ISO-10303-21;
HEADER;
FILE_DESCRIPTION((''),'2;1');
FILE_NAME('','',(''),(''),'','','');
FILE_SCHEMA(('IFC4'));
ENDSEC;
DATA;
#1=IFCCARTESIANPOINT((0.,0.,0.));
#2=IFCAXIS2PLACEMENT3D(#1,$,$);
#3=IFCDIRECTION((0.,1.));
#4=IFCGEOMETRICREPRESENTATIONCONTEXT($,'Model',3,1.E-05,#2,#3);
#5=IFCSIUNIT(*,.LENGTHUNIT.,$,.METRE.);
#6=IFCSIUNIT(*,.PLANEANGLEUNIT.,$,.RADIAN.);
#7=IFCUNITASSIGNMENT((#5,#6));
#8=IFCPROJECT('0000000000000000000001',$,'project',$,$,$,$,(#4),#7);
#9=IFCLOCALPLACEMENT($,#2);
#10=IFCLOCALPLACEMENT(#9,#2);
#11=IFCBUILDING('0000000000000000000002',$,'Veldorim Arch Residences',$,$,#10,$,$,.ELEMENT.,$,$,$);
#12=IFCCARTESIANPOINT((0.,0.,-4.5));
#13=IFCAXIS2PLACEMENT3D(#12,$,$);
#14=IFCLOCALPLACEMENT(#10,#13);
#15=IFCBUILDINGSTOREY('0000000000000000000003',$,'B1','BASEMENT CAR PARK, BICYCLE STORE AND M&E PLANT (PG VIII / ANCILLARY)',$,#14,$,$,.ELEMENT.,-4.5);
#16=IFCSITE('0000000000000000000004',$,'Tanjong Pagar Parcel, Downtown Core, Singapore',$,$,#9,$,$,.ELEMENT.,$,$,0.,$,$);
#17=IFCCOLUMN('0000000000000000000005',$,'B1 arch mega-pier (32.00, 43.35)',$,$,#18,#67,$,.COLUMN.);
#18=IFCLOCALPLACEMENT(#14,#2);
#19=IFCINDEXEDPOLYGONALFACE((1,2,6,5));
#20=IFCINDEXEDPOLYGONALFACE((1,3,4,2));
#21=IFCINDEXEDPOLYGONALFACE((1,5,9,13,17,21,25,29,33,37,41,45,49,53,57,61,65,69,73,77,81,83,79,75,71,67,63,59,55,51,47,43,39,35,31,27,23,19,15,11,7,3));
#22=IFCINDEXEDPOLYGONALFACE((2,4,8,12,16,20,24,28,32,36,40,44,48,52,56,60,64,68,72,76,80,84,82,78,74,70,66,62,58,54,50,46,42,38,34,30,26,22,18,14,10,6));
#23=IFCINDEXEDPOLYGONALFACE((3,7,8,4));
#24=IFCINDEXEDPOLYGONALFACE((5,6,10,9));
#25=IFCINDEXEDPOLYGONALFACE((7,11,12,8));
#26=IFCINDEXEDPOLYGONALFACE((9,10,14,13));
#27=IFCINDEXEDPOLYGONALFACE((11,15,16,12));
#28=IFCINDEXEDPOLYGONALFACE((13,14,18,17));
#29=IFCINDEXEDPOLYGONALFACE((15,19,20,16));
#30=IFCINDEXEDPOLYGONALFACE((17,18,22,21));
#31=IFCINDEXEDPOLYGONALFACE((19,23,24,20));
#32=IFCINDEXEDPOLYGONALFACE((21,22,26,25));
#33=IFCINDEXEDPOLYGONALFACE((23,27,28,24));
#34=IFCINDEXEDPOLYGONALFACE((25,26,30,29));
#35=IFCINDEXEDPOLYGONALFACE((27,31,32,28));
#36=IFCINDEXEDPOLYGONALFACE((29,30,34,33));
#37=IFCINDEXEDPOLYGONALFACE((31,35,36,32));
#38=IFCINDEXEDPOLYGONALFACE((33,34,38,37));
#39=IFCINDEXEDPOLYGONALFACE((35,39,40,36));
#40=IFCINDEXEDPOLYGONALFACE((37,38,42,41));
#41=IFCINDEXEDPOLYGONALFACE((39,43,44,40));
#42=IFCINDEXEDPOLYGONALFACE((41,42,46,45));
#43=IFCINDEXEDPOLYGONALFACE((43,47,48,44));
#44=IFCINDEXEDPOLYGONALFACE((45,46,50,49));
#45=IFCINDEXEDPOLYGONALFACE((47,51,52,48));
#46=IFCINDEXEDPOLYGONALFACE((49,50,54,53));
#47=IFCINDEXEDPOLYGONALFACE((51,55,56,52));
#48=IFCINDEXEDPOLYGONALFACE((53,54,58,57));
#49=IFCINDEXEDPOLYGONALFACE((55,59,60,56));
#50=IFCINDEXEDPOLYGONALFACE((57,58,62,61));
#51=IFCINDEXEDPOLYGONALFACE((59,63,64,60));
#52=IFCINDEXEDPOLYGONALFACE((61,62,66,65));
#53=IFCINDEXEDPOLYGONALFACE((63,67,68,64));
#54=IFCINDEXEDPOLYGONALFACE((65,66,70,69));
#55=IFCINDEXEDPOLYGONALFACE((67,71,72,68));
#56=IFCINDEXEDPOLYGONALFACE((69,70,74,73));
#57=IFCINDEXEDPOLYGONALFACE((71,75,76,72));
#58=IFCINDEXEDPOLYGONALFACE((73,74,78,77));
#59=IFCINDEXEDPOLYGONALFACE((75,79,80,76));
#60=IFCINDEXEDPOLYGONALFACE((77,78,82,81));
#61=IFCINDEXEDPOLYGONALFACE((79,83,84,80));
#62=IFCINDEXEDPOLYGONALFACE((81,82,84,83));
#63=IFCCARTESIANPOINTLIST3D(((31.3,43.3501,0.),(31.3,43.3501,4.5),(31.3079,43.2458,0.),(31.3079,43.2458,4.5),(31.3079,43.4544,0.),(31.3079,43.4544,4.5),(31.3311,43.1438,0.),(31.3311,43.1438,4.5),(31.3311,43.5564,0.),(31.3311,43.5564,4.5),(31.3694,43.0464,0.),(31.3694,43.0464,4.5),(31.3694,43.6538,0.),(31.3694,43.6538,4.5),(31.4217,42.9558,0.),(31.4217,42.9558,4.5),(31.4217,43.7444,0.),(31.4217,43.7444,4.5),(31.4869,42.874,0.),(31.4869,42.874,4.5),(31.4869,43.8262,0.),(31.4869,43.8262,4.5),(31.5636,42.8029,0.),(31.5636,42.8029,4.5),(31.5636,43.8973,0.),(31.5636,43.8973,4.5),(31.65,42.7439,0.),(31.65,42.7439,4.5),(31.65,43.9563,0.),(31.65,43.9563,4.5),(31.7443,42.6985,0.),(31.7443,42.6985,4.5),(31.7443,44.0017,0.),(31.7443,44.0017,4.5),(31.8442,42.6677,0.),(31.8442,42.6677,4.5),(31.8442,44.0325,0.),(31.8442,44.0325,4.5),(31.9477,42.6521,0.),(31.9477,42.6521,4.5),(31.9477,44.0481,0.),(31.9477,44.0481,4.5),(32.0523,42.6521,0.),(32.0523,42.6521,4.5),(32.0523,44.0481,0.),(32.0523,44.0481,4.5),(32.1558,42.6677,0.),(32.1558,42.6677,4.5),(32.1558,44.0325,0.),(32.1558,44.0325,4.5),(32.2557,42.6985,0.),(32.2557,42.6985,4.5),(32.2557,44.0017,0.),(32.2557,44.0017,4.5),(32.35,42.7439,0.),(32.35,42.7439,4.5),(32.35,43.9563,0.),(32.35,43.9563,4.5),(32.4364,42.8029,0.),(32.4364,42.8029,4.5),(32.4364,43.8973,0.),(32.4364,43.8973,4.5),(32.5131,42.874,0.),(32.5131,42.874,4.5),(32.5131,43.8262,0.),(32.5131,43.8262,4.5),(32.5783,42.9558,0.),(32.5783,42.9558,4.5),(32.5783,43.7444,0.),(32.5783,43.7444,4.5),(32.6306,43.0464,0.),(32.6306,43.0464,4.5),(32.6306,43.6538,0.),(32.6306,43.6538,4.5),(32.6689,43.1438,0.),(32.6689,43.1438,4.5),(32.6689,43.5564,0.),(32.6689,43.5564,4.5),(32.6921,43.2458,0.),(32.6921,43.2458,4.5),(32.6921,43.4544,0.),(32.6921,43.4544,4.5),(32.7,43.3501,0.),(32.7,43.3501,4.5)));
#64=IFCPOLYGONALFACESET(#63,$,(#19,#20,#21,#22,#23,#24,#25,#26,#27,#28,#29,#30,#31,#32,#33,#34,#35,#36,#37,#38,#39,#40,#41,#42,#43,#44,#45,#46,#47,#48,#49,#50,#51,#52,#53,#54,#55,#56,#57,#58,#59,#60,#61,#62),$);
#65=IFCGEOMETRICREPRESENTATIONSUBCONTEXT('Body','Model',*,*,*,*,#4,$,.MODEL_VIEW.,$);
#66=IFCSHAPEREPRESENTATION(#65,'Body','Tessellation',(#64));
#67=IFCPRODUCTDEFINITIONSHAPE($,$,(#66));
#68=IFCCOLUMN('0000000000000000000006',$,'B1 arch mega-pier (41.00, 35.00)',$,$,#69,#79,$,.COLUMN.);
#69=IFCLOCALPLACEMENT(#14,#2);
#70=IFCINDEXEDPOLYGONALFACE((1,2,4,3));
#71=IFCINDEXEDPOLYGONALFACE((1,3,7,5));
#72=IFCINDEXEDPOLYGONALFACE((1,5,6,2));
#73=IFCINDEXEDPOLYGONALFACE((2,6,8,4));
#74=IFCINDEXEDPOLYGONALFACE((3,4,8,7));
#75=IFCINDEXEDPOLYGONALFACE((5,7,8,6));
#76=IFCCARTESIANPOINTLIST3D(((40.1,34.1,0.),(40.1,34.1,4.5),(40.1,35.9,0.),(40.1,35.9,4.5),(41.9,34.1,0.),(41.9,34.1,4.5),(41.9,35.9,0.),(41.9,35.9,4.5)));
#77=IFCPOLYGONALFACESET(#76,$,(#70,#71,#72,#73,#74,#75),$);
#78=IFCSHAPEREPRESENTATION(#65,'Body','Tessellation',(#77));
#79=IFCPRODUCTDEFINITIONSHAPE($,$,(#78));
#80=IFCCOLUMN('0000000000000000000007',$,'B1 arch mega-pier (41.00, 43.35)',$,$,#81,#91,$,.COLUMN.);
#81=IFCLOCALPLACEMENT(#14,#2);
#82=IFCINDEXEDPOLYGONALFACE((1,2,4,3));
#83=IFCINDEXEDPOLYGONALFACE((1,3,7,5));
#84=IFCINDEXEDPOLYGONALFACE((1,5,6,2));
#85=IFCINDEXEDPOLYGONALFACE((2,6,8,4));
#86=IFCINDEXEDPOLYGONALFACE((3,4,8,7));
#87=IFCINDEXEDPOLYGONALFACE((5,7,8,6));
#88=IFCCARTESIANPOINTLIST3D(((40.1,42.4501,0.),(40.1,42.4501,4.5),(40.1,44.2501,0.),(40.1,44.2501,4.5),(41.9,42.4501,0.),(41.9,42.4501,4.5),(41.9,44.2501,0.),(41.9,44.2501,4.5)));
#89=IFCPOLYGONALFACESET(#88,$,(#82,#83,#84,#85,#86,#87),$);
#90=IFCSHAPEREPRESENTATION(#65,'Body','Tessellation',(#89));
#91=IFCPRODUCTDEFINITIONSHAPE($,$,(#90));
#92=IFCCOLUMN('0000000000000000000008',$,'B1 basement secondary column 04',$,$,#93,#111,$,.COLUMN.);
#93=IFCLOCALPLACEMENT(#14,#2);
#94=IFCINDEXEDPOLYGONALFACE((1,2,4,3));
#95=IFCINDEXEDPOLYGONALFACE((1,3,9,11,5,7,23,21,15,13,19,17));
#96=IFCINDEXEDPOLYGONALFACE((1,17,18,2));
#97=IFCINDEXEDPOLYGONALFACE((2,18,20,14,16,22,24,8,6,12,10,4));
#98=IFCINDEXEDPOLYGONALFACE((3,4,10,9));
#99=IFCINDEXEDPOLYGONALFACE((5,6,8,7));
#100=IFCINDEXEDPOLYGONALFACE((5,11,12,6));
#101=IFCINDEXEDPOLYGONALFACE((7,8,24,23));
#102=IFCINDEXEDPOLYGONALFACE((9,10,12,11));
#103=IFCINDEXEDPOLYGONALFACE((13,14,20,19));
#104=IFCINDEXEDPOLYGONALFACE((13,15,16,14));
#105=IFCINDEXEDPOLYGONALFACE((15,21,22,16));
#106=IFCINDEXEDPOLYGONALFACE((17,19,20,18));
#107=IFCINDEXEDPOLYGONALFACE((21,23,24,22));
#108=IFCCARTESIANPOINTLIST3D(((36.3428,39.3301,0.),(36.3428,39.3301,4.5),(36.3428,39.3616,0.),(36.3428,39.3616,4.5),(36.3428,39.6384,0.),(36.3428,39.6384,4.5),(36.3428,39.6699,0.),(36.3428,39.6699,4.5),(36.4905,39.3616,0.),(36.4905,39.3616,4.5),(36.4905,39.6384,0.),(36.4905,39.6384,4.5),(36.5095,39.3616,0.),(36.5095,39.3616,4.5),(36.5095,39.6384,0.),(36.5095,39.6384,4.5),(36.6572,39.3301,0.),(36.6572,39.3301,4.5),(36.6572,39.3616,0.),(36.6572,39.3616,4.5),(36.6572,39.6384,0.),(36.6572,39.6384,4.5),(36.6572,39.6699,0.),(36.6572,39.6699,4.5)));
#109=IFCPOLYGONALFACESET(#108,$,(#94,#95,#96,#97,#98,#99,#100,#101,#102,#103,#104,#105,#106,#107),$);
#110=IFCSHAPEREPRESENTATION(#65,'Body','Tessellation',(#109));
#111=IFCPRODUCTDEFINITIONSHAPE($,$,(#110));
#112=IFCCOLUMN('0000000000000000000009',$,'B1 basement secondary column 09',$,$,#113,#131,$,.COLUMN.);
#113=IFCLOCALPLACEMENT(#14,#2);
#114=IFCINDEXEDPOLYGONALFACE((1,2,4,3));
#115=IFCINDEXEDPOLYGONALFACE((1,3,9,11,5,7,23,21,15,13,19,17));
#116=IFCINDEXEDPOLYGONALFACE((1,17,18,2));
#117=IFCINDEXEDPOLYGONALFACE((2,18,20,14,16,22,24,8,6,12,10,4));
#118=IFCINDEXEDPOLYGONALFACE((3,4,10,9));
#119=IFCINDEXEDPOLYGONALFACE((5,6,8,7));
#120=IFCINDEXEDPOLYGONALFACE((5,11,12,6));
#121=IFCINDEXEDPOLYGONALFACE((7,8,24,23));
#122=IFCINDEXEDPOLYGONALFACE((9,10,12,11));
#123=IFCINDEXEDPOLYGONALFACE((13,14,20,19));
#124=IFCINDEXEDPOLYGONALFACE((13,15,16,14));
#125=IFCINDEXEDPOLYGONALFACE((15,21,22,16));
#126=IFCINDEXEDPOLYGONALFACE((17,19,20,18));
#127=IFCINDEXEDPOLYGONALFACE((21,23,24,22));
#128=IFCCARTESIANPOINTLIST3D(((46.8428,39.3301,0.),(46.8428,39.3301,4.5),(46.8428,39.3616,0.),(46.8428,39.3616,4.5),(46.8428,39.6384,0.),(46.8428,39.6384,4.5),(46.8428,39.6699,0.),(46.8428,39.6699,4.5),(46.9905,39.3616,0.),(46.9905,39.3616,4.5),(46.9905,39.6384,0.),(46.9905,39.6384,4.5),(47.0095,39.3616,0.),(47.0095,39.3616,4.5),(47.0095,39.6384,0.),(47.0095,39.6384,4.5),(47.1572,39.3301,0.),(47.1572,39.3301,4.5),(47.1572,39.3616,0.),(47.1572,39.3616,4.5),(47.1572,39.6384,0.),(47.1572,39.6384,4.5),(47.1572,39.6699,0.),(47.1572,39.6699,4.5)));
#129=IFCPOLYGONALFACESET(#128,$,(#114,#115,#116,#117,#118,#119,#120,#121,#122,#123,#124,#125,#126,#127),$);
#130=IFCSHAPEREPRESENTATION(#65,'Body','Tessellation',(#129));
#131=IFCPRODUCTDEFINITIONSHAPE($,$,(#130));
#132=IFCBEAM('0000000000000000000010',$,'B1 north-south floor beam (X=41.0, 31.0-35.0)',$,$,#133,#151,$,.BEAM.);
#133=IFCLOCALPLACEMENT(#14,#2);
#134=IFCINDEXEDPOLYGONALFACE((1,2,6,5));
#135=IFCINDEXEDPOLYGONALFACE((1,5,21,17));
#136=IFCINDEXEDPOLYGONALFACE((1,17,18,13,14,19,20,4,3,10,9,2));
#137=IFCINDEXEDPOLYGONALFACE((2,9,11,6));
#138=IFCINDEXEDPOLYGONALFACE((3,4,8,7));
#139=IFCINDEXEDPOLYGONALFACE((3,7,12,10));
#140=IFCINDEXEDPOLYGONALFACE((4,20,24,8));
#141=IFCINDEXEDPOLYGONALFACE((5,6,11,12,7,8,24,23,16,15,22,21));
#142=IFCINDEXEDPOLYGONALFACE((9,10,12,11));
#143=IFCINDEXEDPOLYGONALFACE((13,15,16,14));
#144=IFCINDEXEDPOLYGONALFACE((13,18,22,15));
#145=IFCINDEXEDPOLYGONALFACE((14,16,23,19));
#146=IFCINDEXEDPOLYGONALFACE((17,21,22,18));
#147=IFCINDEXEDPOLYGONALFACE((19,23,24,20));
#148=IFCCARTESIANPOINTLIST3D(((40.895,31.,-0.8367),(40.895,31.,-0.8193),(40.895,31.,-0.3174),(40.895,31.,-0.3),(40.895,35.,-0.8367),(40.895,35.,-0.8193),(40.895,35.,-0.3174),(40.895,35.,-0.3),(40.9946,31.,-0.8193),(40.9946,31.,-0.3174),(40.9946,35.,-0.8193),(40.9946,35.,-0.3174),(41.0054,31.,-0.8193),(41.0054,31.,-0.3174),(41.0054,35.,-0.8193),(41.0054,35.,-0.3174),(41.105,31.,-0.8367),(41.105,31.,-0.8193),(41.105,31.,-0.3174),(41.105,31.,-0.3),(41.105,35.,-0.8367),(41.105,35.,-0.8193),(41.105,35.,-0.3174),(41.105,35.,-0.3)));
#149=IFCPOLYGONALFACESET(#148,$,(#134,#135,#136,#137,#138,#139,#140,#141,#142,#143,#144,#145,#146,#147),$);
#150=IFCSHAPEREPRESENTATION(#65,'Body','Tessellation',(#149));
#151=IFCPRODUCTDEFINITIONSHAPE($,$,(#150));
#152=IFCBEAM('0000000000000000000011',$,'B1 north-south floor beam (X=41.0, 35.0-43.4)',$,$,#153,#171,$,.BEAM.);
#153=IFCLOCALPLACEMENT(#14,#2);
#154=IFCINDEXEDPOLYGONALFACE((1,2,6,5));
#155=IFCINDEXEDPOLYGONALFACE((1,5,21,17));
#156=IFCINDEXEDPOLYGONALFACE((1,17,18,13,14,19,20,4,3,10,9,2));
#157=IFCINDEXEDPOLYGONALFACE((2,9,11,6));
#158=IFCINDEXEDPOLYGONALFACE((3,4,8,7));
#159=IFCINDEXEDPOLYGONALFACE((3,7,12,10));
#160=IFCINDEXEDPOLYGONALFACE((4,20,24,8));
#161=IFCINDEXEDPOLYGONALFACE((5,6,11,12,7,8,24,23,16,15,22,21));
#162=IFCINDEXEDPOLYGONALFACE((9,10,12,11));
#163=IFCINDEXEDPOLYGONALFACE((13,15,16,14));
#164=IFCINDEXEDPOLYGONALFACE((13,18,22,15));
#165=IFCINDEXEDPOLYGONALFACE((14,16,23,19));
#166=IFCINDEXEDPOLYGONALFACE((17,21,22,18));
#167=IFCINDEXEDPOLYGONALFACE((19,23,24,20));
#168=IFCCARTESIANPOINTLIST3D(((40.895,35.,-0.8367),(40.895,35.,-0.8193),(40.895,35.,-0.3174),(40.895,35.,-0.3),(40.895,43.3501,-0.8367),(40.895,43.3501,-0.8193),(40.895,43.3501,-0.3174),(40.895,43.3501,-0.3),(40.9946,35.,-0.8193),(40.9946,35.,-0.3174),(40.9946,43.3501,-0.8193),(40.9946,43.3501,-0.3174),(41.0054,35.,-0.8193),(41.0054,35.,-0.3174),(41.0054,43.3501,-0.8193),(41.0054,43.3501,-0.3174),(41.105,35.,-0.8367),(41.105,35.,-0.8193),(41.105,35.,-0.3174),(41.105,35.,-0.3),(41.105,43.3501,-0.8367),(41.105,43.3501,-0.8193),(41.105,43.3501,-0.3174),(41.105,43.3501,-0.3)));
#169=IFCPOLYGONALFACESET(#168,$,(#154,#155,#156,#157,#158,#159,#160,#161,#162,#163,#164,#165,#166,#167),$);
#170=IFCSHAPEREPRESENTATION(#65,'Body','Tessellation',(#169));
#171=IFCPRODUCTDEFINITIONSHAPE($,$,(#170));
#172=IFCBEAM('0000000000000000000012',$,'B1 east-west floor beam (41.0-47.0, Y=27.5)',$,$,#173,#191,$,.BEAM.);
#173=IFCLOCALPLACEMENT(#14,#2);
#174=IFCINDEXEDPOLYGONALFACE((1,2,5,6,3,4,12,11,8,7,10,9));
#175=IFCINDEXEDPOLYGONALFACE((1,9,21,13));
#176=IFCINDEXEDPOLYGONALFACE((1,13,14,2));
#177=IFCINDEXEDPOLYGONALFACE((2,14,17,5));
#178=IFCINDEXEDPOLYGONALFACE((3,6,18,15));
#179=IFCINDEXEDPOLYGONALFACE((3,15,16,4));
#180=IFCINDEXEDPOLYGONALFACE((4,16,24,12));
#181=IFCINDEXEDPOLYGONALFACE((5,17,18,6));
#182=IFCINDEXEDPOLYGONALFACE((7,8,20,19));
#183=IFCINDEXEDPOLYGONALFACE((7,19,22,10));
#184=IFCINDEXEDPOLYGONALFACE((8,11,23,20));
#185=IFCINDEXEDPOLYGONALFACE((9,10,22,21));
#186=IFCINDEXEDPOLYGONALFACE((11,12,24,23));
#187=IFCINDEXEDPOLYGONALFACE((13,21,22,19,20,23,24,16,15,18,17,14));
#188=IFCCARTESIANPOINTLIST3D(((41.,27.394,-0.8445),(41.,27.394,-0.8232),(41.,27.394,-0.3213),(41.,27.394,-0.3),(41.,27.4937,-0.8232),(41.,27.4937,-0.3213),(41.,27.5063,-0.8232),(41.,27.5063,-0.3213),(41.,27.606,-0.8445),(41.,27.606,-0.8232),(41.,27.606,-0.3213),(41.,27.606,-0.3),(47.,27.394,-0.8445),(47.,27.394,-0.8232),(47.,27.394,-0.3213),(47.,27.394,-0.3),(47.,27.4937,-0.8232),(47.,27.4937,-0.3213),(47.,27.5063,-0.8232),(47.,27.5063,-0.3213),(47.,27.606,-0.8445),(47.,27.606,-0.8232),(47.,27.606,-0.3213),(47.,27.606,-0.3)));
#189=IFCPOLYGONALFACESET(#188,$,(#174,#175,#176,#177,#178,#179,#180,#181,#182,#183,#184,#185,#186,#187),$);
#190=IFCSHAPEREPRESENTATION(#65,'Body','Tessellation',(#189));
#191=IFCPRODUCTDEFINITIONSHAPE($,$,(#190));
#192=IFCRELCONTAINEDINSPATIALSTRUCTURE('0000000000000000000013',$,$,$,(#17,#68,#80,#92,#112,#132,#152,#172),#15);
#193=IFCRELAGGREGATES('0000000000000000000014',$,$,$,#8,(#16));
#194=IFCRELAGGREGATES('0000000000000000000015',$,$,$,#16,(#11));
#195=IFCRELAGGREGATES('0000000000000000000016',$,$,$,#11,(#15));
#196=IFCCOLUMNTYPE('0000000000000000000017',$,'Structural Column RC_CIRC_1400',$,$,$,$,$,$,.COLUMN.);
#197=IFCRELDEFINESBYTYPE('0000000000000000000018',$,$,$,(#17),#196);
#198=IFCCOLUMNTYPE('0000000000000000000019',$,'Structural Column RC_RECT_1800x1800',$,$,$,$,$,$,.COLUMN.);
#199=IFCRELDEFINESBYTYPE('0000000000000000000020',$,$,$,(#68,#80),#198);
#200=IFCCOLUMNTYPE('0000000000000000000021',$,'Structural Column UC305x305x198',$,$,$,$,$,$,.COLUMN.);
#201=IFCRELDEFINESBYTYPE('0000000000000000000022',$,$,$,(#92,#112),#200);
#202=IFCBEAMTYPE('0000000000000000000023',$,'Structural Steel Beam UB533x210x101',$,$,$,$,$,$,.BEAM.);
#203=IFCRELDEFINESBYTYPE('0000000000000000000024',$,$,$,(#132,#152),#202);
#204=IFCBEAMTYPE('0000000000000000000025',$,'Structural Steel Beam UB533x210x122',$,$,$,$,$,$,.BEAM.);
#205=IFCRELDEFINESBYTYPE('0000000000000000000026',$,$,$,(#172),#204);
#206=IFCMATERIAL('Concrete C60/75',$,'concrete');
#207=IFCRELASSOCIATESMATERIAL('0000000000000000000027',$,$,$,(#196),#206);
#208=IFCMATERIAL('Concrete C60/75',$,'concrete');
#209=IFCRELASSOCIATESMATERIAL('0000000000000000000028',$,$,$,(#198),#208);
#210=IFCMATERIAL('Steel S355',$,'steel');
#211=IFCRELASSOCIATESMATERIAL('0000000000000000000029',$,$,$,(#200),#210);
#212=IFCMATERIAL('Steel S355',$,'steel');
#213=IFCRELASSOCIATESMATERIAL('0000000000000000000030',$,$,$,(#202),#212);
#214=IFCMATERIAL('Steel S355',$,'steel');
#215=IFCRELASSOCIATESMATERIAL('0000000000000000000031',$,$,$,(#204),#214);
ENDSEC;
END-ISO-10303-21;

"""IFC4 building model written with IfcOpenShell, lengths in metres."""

from ifc_helpers import new_model, si_unit, direction, frame, origin, origin_2d, place, context, subcontext, project, spatial, rectangle, circle, i_section, extrude, material, material_profile, profile_set, type_object, element, save


model = new_model("IFC4")

# Units and contexts
model_context = context("Model", 3, precision=1e-05, world=origin(), true_north=direction((0.0, 1.0)))
body_context = subcontext(model_context, "Body", "Model", "MODEL_VIEW")
ifc_project = project(units=[si_unit("LENGTHUNIT", "METRE"), si_unit("PLANEANGLEUNIT", "RADIAN")], contexts=[model_context])

# Site, building, storey
site_placement = place(None, origin())
site = spatial("IfcSite", under=ifc_project, at=site_placement, Name="Tanjong Pagar Parcel, Downtown Core, Singapore", CompositionType="ELEMENT", RefElevation=0.0)
building_placement = place(site_placement, origin())
building = spatial("IfcBuilding", under=site, at=building_placement, Name="Veldorim Arch Residences", CompositionType="ELEMENT")
storey_placement = place(building_placement, frame((0.0, 0.0, -4.5)))
storey = spatial("IfcBuildingStorey", under=building, at=storey_placement, Name="B1", Description="BASEMENT CAR PARK, BICYCLE STORE AND M&E PLANT (PG VIII / ANCILLARY)", CompositionType="ELEMENT", Elevation=-4.5)

# Columns
ifc_material_1 = material(Name="Concrete C60/75", Category="concrete")
ifc_material_profile_1 = material_profile(ifc_material_1, circle(Radius=0.7, at=origin_2d()), Name="RC_CIRC_1400")
ifc_profile_set_1 = profile_set([ifc_material_profile_1], Name="Concrete C60/75")
column_type_1 = type_object("IfcColumnType", Name="Structural Column RC_CIRC_1400", PredefinedType="COLUMN", material=ifc_profile_set_1)
for number, where, z_axis, x_axis, name in (
    (1, (32.0, 43.3501, 0.0), (0.0, 0.0, 1.0), (1.0, 0.0, 0.0), "B1 arch mega-pier (32.00, 43.35)"),
):
    element("IfcColumn", number, at=place(storey_placement, frame(where, z_axis=z_axis, x_axis=x_axis)), inside=storey, type_object=column_type_1, Name=name, PredefinedType="COLUMN", context=body_context, shape_type="SweptSolid", body=[
        extrude(circle(Radius=0.7, at=origin_2d()), origin(), (0.0, 0.0, 1.0), 4.5),
    ])
ifc_material_2 = material(Name="Concrete C60/75", Category="concrete")
ifc_material_profile_2 = material_profile(ifc_material_2, rectangle(XDim=1.8, YDim=1.8, at=origin_2d()), Name="RC_RECT_1800x1800")
ifc_profile_set_2 = profile_set([ifc_material_profile_2], Name="Concrete C60/75")
column_type_2 = type_object("IfcColumnType", Name="Structural Column RC_RECT_1800x1800", PredefinedType="COLUMN", material=ifc_profile_set_2)
for number, where, z_axis, x_axis, name in (
    (2, (41.0, 35.0, 0.0), (0.0, 0.0, 1.0), (1.0, 0.0, 0.0), "B1 arch mega-pier (41.00, 35.00)"),
    (3, (41.0, 43.3501, 0.0), (0.0, 0.0, 1.0), (1.0, 0.0, 0.0), "B1 arch mega-pier (41.00, 43.35)"),
):
    element("IfcColumn", number, at=place(storey_placement, frame(where, z_axis=z_axis, x_axis=x_axis)), inside=storey, type_object=column_type_2, Name=name, PredefinedType="COLUMN", context=body_context, shape_type="SweptSolid", body=[
        extrude(rectangle(XDim=1.8, YDim=1.8, at=origin_2d()), origin(), (0.0, 0.0, 1.0), 4.5),
    ])
ifc_material_3 = material(Name="Steel S355", Category="steel")
ifc_material_profile_3 = material_profile(ifc_material_3, i_section(OverallWidth=0.3145, OverallDepth=0.3398, WebThickness=0.019, FlangeThickness=0.0315, at=origin_2d()), Name="UC305x305x198")
ifc_profile_set_3 = profile_set([ifc_material_profile_3], Name="Steel S355")
column_type_3 = type_object("IfcColumnType", Name="Structural Column UC305x305x198", PredefinedType="COLUMN", material=ifc_profile_set_3)
for number, where, z_axis, x_axis, name in (
    (4, (36.5, 39.5, 0.0), (0.0, 0.0, 1.0), (1.0, 0.0, 0.0), "B1 basement secondary column 04"),
    (5, (47.0, 39.5, 0.0), (0.0, 0.0, 1.0), (1.0, 0.0, 0.0), "B1 basement secondary column 09"),
):
    element("IfcColumn", number, at=place(storey_placement, frame(where, z_axis=z_axis, x_axis=x_axis)), inside=storey, type_object=column_type_3, Name=name, PredefinedType="COLUMN", context=body_context, shape_type="SweptSolid", body=[
        extrude(i_section(OverallWidth=0.3145, OverallDepth=0.3398, WebThickness=0.019, FlangeThickness=0.0315, at=origin_2d()), origin(), (0.0, 0.0, 1.0), 4.5),
    ])

# Beams
ifc_material_4 = material(Name="Steel S355", Category="steel")
ifc_material_profile_4 = material_profile(ifc_material_4, i_section(OverallWidth=0.21, OverallDepth=0.5366, WebThickness=0.0107, FlangeThickness=0.0173, at=origin_2d()), Name="UB533x210x101")
ifc_profile_set_4 = profile_set([ifc_material_profile_4], Name="Steel S355")
beam_type_1 = type_object("IfcBeamType", Name="Structural Steel Beam UB533x210x101", PredefinedType="BEAM", material=ifc_profile_set_4)
beam_1_placement = place(storey_placement, frame((41.0, 31.0, -0.5684), z_axis=(0.0, 1.0, 0.0), x_axis=(-1.0, 0.0, 0.0)))
element("IfcBeam", 6, at=beam_1_placement, inside=storey, type_object=beam_type_1, Name="B1 north-south floor beam (X=41.0, 31.0-35.0)", PredefinedType="BEAM", context=body_context, shape_type="SweptSolid", body=[
    extrude(i_section(OverallWidth=0.21, OverallDepth=0.5366, WebThickness=0.0107, FlangeThickness=0.0173, at=origin_2d()), origin(), (0.0, 0.0, 1.0), 4.0),
])
beam_2_placement = place(storey_placement, frame((41.0, 35.0, -0.5684), z_axis=(0.0, 1.0, 0.0), x_axis=(-1.0, 0.0, 0.0)))
element("IfcBeam", 7, at=beam_2_placement, inside=storey, type_object=beam_type_1, Name="B1 north-south floor beam (X=41.0, 35.0-43.4)", PredefinedType="BEAM", context=body_context, shape_type="SweptSolid", body=[
    extrude(i_section(OverallWidth=0.21, OverallDepth=0.5366, WebThickness=0.0107, FlangeThickness=0.0173, at=origin_2d()), origin(), (0.0, 0.0, 1.0), 8.3501),
])
ifc_material_5 = material(Name="Steel S355", Category="steel")
ifc_material_profile_5 = material_profile(ifc_material_5, i_section(OverallWidth=0.2119, OverallDepth=0.5444, WebThickness=0.0127, FlangeThickness=0.0212, at=origin_2d()), Name="UB533x210x122")
ifc_profile_set_5 = profile_set([ifc_material_profile_5], Name="Steel S355")
beam_type_2 = type_object("IfcBeamType", Name="Structural Steel Beam UB533x210x122", PredefinedType="BEAM", material=ifc_profile_set_5)
beam_3_placement = place(storey_placement, frame((41.0, 27.5, -0.5723), z_axis=(1.0, 0.0, 0.0), x_axis=(0.0, 1.0, 0.0)))
element("IfcBeam", 8, at=beam_3_placement, inside=storey, type_object=beam_type_2, Name="B1 east-west floor beam (41.0-47.0, Y=27.5)", PredefinedType="BEAM", context=body_context, shape_type="SweptSolid", body=[
    extrude(i_section(OverallWidth=0.2119, OverallDepth=0.5444, WebThickness=0.0127, FlangeThickness=0.0212, at=origin_2d()), origin(), (0.0, 0.0, 1.0), 6.0),
])

save(model, "model.ifc")
